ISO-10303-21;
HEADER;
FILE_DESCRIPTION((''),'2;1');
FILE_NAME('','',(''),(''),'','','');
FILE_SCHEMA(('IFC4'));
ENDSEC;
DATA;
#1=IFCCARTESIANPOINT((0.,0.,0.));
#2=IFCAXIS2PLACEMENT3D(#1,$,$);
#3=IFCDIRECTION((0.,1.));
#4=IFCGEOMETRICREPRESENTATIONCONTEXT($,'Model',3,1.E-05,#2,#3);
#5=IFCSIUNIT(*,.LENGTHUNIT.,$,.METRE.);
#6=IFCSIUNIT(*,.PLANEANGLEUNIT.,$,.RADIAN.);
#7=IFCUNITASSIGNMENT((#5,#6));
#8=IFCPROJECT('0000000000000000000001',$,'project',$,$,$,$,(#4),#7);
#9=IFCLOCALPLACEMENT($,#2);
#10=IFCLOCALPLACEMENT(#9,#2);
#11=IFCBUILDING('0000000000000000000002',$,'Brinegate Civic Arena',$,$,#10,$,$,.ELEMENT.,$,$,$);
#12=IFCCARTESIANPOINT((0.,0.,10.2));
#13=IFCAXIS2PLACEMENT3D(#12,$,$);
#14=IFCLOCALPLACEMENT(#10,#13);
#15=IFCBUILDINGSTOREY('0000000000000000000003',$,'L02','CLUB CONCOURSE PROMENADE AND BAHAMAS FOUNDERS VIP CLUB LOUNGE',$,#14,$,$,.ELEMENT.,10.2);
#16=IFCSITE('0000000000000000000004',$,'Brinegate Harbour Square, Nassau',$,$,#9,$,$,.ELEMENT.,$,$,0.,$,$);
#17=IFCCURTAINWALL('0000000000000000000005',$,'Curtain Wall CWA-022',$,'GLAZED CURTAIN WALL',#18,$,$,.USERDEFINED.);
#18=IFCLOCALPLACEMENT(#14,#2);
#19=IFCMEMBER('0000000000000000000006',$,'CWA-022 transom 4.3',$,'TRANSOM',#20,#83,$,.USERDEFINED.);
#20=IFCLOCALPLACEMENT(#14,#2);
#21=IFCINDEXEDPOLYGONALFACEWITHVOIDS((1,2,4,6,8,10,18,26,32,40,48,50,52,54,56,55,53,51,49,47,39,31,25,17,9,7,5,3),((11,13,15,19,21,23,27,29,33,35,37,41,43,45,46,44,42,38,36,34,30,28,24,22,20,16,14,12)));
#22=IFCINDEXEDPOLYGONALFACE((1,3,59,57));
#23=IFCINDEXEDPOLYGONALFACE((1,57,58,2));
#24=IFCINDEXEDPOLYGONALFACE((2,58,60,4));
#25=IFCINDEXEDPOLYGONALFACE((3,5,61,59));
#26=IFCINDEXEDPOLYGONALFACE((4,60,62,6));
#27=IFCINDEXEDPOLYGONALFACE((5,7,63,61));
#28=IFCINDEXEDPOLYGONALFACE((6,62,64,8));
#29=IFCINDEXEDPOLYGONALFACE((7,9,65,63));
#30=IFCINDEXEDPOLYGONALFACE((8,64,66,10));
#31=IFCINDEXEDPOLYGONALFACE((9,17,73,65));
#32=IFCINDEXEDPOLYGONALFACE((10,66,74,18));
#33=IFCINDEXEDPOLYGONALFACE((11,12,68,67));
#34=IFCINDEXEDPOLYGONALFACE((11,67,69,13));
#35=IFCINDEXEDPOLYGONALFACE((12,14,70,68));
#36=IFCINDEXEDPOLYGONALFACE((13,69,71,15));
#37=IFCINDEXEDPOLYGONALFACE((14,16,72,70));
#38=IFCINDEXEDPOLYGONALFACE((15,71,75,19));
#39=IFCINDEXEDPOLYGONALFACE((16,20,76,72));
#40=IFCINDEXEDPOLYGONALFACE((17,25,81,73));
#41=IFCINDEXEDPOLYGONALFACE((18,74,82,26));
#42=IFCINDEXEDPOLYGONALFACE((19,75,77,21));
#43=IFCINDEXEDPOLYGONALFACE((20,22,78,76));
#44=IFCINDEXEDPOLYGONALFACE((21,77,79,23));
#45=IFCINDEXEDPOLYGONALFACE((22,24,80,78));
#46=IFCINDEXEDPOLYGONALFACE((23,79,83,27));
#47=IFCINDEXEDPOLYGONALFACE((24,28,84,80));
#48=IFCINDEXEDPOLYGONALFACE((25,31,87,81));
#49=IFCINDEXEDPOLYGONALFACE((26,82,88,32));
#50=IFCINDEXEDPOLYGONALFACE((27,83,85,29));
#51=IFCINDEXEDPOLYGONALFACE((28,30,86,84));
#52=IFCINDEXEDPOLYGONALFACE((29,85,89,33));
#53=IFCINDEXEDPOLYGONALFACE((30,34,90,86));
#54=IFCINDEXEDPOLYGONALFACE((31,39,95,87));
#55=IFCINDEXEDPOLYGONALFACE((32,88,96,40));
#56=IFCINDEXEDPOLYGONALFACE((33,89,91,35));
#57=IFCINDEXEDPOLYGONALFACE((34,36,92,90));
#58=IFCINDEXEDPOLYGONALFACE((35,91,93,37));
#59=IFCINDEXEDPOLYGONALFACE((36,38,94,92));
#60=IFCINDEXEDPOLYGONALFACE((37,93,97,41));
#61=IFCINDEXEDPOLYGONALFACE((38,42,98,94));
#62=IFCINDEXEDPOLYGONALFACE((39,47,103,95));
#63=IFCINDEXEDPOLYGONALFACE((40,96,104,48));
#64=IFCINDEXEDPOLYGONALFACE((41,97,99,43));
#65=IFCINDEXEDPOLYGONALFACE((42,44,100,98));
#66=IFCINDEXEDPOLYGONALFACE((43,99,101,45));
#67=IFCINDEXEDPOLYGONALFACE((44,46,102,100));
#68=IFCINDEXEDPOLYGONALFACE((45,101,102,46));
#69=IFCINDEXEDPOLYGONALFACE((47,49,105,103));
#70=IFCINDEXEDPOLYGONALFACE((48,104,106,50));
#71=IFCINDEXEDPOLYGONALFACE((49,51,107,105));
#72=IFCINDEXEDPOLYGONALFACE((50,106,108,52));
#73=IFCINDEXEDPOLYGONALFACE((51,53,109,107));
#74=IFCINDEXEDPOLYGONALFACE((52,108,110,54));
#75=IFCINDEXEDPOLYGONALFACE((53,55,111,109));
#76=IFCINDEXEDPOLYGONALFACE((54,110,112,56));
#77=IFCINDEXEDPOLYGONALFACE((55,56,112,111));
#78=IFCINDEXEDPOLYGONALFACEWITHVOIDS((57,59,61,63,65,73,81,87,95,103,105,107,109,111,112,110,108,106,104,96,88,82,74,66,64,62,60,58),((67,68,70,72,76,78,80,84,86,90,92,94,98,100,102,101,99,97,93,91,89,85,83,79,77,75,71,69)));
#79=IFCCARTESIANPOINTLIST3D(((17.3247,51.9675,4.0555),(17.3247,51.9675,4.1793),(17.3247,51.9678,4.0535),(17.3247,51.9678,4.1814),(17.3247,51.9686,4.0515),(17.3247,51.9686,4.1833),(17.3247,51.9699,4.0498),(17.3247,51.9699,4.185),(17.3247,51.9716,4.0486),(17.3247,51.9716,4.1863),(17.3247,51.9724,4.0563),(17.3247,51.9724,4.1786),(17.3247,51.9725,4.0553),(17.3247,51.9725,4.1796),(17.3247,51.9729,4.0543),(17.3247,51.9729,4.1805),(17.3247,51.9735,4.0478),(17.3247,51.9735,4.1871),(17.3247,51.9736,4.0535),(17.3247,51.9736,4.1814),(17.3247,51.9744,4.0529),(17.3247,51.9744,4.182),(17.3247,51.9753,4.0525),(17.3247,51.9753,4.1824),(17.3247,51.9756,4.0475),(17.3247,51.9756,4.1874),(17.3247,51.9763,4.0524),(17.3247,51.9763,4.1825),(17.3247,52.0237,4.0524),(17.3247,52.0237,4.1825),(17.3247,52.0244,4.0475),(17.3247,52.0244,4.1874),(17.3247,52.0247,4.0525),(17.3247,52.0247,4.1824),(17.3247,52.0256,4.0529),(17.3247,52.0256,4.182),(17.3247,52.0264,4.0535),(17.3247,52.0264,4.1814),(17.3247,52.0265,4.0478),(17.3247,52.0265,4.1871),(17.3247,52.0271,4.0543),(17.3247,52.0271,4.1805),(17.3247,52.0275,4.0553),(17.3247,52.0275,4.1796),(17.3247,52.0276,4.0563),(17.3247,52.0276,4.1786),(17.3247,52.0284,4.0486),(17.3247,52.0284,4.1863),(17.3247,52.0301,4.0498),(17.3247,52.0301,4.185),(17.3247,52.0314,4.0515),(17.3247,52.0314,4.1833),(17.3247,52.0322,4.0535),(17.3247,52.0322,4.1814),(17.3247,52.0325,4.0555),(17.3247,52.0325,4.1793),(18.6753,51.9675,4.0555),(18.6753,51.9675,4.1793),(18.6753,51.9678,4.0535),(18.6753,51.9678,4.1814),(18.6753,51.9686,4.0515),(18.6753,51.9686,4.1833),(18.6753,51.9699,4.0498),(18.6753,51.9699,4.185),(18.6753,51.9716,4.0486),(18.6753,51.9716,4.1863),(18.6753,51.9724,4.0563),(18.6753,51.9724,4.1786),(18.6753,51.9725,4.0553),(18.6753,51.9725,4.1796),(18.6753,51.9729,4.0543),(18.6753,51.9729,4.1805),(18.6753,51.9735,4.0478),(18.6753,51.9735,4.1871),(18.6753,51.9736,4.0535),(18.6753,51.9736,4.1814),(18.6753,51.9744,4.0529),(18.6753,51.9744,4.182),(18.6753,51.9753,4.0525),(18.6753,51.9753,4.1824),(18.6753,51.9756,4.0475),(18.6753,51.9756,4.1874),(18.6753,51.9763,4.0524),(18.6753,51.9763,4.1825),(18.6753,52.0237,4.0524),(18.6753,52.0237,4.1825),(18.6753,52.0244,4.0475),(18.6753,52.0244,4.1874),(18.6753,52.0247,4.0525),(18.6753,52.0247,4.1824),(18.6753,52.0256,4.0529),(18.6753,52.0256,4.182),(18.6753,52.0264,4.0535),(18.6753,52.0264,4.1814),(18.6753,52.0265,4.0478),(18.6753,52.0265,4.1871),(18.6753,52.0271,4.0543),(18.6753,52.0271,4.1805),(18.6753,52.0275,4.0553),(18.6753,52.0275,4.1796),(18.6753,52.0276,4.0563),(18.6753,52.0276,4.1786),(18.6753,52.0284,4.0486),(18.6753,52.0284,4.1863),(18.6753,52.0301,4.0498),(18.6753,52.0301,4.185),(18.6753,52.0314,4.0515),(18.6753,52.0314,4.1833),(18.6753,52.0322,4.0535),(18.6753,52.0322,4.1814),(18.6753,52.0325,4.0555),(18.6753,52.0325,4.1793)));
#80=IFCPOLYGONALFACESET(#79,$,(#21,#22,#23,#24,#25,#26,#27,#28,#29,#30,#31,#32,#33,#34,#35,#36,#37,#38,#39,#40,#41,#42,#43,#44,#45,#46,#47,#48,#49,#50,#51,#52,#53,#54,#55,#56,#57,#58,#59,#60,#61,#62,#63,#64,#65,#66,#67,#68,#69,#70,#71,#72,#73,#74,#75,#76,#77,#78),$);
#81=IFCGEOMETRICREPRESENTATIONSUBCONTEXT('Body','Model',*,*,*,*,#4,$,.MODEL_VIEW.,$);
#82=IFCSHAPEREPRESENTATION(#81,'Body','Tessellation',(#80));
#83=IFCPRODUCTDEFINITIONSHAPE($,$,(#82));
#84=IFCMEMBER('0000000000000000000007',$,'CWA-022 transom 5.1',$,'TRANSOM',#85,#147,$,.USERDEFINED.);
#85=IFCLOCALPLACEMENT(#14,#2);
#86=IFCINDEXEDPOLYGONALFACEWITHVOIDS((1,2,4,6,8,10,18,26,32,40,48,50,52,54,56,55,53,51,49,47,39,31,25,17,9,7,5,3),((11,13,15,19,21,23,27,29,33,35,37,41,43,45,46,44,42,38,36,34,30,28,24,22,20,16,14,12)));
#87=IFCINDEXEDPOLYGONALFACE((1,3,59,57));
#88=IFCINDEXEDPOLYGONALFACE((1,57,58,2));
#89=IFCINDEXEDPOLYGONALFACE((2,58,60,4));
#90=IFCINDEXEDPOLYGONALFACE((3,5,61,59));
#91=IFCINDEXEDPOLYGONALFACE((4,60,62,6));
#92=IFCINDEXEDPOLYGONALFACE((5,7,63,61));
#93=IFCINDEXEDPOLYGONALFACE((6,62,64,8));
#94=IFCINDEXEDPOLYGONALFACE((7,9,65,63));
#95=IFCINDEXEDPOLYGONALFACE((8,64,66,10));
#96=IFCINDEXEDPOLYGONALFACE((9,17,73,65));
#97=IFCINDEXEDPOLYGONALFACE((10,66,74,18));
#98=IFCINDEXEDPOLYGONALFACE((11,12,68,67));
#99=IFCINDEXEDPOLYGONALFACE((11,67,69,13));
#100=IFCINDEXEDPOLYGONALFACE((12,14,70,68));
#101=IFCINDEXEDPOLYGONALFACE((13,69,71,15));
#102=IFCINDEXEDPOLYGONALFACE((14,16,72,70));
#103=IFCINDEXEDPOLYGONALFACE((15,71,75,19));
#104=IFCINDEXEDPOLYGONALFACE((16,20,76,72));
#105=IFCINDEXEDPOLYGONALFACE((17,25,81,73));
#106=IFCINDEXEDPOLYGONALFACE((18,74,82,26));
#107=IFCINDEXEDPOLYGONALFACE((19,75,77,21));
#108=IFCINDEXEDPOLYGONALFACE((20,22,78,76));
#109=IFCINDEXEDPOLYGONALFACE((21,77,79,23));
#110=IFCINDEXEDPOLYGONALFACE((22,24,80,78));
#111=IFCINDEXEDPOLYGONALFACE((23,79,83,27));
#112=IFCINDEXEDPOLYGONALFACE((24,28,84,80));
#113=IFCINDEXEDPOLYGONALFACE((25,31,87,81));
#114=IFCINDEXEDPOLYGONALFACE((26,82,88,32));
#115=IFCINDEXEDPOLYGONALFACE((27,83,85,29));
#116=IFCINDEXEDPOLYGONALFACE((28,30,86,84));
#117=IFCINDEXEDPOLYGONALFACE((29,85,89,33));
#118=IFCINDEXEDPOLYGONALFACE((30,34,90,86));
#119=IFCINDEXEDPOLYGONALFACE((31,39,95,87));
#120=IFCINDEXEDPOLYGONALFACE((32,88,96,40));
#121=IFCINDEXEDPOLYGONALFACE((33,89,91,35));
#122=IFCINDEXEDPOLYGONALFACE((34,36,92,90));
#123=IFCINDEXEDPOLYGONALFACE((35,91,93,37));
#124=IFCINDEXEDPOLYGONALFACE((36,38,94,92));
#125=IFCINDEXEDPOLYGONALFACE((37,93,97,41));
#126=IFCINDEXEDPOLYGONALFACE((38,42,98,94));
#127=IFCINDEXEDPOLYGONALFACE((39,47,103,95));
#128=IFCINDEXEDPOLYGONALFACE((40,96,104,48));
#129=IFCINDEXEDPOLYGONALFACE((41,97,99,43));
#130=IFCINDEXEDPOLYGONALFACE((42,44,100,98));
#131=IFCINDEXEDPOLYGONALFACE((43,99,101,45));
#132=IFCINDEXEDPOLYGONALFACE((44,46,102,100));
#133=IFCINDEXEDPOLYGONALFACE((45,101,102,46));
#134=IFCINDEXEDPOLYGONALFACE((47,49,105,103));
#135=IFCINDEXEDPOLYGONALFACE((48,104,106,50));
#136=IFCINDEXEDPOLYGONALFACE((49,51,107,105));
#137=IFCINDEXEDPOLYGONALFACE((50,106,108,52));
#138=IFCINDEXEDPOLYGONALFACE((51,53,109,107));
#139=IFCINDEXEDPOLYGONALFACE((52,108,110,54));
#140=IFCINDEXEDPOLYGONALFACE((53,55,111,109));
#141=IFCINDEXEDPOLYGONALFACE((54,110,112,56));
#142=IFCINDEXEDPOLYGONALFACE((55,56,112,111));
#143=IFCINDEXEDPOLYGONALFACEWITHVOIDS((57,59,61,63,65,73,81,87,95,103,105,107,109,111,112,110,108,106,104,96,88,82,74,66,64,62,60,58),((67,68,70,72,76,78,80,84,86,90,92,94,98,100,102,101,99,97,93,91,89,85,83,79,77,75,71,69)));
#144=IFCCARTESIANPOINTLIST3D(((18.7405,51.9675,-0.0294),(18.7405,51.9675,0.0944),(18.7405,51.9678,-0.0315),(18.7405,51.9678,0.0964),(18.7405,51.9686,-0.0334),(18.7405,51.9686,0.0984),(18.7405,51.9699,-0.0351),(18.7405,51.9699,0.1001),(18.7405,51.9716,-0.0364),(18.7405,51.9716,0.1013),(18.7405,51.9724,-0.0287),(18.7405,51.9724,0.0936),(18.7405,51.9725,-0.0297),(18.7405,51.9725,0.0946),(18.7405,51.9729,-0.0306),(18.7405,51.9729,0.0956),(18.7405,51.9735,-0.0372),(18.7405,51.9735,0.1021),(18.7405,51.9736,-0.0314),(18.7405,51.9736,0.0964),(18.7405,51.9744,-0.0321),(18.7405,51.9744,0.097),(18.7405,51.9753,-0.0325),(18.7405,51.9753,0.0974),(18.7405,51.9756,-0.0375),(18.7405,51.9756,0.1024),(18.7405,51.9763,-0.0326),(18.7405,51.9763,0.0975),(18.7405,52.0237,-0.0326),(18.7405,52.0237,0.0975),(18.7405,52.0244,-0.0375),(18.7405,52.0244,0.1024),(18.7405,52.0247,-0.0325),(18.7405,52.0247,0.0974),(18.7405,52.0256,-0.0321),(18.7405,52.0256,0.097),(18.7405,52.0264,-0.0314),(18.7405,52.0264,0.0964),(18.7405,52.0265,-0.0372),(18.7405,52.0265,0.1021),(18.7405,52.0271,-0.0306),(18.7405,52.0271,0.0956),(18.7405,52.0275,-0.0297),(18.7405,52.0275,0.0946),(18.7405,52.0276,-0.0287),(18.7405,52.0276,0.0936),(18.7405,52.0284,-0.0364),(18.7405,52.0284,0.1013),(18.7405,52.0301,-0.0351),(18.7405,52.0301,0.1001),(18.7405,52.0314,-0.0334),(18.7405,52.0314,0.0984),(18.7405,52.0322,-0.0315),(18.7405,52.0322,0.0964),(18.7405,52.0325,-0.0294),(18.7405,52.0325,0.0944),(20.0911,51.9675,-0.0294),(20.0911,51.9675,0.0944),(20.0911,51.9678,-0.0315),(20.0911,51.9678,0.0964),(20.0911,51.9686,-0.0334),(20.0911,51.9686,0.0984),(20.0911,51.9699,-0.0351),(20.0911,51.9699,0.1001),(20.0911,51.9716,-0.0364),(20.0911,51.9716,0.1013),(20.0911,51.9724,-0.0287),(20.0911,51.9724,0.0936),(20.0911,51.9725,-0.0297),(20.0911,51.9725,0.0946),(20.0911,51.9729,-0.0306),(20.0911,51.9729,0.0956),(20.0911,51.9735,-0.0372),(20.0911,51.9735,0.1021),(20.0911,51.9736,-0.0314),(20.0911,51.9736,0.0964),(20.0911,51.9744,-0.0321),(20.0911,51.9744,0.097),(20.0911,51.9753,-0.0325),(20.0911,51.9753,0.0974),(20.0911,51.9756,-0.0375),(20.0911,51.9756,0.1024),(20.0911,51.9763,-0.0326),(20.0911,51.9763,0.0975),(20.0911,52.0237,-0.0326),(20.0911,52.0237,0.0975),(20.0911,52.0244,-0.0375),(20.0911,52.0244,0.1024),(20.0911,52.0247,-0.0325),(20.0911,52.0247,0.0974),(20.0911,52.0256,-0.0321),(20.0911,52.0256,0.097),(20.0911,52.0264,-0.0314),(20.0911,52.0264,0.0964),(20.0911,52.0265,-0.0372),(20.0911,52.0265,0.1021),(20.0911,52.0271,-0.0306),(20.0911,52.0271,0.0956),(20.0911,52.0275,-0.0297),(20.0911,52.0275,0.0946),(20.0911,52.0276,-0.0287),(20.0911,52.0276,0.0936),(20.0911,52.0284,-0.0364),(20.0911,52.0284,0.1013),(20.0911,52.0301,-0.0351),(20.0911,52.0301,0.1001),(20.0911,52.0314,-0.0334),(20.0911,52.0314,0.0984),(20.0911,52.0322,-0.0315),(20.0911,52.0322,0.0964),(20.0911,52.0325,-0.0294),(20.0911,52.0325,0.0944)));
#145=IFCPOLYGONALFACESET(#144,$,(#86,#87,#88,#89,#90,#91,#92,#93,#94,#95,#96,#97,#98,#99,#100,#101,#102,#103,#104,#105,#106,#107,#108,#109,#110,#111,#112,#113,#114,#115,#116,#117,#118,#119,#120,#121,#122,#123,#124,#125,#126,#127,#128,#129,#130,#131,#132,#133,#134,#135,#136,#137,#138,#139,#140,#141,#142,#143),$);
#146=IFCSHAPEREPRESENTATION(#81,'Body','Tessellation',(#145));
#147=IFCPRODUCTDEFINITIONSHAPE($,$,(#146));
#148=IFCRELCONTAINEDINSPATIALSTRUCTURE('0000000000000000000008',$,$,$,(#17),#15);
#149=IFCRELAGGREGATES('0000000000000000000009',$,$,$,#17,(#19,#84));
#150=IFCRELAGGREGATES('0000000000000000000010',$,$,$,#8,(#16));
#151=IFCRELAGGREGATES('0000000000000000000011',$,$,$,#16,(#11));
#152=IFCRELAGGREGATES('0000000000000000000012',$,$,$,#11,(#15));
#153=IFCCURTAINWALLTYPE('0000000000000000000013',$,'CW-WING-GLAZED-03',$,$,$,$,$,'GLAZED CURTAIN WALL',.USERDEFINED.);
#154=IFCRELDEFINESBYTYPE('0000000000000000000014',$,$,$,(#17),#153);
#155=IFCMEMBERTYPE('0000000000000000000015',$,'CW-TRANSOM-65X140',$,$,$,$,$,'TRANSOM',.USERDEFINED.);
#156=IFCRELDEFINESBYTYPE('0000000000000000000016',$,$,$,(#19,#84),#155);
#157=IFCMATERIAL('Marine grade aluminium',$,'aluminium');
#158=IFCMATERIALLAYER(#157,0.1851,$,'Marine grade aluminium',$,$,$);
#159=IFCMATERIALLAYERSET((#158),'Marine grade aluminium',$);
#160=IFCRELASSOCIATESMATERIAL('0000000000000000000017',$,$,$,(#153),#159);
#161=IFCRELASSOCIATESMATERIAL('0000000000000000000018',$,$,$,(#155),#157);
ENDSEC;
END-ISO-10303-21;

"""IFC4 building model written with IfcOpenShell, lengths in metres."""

from ifc_helpers import new_model, si_unit, direction, frame, origin, origin_2d, place, context, subcontext, project, spatial, hollow_rectangle, extrude, material, layer, layer_set, material_profile, profile_set, type_object, element, aggregate, save


model = new_model("IFC4")

# Units and contexts
model_context = context("Model", 3, precision=1e-05, world=origin(), true_north=direction((0.0, 1.0)))
body_context = subcontext(model_context, "Body", "Model", "MODEL_VIEW")
ifc_project = project(units=[si_unit("LENGTHUNIT", "METRE"), si_unit("PLANEANGLEUNIT", "RADIAN")], contexts=[model_context])

# Site, building, storey
site_placement = place(None, origin())
site = spatial("IfcSite", under=ifc_project, at=site_placement, Name="Brinegate Harbour Square, Nassau", CompositionType="ELEMENT", RefElevation=0.0)
building_placement = place(site_placement, origin())
building = spatial("IfcBuilding", under=site, at=building_placement, Name="Brinegate Civic Arena", CompositionType="ELEMENT")
storey_placement = place(building_placement, frame((0.0, 0.0, 10.2)))
storey = spatial("IfcBuildingStorey", under=building, at=storey_placement, Name="L02", Description="CLUB CONCOURSE PROMENADE AND BAHAMAS FOUNDERS VIP CLUB LOUNGE", CompositionType="ELEMENT", Elevation=10.2)

# Curtain wall, members
ifc_material_1 = material(Name="Marine grade aluminium", Category="aluminium")
ifc_layer_1 = layer(ifc_material_1, 0.1851, Name="Marine grade aluminium")
ifc_layer_set_1 = layer_set([ifc_layer_1], Name="Marine grade aluminium")
curtain_wall_type = type_object("IfcCurtainWallType", Name="CW-WING-GLAZED-03", ElementType="GLAZED CURTAIN WALL", PredefinedType="USERDEFINED", material=ifc_layer_set_1)
curtain_wall_placement = place(storey_placement, origin())
curtain_wall = element("IfcCurtainWall", 1, at=curtain_wall_placement, inside=storey, type_object=curtain_wall_type, Name="Curtain Wall CWA-022", ObjectType="GLAZED CURTAIN WALL", PredefinedType="USERDEFINED")
ifc_material_profile_1 = material_profile(ifc_material_1, hollow_rectangle(XDim=0.0649, YDim=0.1399, WallThickness=0.0049, InnerFilletRadius=0.0039, OuterFilletRadius=0.0081, at=origin_2d()), Name="TRN65X140")
ifc_profile_set_1 = profile_set([ifc_material_profile_1], Name="Marine grade aluminium")
member_type_1 = type_object("IfcMemberType", Name="CW-TRANSOM-65X140", ElementType="TRANSOM", PredefinedType="USERDEFINED", material=ifc_profile_set_1)
member_1_placement = place(storey_placement, frame((17.3247, 52.0, 4.1174), z_axis=(1.0, 0.0, 0.0), x_axis=(0.0, 1.0, 0.0)))
member_1 = element("IfcMember", 2, at=member_1_placement, type_object=member_type_1, Name="CWA-022 transom 4.3", ObjectType="TRANSOM", PredefinedType="USERDEFINED", context=body_context, shape_type="SweptSolid", body=[
    extrude(hollow_rectangle(XDim=0.0649, YDim=0.1399, WallThickness=0.0049, InnerFilletRadius=0.0039, OuterFilletRadius=0.0081, at=origin_2d()), origin(), (0.0, 0.0, 1.0), 1.3506),
])
member_2_placement = place(storey_placement, frame((18.7405, 52.0, 0.0325), z_axis=(1.0, 0.0, 0.0), x_axis=(0.0, 1.0, 0.0)))
member_2 = element("IfcMember", 3, at=member_2_placement, type_object=member_type_1, Name="CWA-022 transom 5.1", ObjectType="TRANSOM", PredefinedType="USERDEFINED", context=body_context, shape_type="SweptSolid", body=[
    extrude(hollow_rectangle(XDim=0.0649, YDim=0.1399, WallThickness=0.0049, InnerFilletRadius=0.0039, OuterFilletRadius=0.0081, at=origin_2d()), origin(), (0.0, 0.0, 1.0), 1.3506),
])
aggregate(curtain_wall, [member_1, member_2])

save(model, "model.ifc")
